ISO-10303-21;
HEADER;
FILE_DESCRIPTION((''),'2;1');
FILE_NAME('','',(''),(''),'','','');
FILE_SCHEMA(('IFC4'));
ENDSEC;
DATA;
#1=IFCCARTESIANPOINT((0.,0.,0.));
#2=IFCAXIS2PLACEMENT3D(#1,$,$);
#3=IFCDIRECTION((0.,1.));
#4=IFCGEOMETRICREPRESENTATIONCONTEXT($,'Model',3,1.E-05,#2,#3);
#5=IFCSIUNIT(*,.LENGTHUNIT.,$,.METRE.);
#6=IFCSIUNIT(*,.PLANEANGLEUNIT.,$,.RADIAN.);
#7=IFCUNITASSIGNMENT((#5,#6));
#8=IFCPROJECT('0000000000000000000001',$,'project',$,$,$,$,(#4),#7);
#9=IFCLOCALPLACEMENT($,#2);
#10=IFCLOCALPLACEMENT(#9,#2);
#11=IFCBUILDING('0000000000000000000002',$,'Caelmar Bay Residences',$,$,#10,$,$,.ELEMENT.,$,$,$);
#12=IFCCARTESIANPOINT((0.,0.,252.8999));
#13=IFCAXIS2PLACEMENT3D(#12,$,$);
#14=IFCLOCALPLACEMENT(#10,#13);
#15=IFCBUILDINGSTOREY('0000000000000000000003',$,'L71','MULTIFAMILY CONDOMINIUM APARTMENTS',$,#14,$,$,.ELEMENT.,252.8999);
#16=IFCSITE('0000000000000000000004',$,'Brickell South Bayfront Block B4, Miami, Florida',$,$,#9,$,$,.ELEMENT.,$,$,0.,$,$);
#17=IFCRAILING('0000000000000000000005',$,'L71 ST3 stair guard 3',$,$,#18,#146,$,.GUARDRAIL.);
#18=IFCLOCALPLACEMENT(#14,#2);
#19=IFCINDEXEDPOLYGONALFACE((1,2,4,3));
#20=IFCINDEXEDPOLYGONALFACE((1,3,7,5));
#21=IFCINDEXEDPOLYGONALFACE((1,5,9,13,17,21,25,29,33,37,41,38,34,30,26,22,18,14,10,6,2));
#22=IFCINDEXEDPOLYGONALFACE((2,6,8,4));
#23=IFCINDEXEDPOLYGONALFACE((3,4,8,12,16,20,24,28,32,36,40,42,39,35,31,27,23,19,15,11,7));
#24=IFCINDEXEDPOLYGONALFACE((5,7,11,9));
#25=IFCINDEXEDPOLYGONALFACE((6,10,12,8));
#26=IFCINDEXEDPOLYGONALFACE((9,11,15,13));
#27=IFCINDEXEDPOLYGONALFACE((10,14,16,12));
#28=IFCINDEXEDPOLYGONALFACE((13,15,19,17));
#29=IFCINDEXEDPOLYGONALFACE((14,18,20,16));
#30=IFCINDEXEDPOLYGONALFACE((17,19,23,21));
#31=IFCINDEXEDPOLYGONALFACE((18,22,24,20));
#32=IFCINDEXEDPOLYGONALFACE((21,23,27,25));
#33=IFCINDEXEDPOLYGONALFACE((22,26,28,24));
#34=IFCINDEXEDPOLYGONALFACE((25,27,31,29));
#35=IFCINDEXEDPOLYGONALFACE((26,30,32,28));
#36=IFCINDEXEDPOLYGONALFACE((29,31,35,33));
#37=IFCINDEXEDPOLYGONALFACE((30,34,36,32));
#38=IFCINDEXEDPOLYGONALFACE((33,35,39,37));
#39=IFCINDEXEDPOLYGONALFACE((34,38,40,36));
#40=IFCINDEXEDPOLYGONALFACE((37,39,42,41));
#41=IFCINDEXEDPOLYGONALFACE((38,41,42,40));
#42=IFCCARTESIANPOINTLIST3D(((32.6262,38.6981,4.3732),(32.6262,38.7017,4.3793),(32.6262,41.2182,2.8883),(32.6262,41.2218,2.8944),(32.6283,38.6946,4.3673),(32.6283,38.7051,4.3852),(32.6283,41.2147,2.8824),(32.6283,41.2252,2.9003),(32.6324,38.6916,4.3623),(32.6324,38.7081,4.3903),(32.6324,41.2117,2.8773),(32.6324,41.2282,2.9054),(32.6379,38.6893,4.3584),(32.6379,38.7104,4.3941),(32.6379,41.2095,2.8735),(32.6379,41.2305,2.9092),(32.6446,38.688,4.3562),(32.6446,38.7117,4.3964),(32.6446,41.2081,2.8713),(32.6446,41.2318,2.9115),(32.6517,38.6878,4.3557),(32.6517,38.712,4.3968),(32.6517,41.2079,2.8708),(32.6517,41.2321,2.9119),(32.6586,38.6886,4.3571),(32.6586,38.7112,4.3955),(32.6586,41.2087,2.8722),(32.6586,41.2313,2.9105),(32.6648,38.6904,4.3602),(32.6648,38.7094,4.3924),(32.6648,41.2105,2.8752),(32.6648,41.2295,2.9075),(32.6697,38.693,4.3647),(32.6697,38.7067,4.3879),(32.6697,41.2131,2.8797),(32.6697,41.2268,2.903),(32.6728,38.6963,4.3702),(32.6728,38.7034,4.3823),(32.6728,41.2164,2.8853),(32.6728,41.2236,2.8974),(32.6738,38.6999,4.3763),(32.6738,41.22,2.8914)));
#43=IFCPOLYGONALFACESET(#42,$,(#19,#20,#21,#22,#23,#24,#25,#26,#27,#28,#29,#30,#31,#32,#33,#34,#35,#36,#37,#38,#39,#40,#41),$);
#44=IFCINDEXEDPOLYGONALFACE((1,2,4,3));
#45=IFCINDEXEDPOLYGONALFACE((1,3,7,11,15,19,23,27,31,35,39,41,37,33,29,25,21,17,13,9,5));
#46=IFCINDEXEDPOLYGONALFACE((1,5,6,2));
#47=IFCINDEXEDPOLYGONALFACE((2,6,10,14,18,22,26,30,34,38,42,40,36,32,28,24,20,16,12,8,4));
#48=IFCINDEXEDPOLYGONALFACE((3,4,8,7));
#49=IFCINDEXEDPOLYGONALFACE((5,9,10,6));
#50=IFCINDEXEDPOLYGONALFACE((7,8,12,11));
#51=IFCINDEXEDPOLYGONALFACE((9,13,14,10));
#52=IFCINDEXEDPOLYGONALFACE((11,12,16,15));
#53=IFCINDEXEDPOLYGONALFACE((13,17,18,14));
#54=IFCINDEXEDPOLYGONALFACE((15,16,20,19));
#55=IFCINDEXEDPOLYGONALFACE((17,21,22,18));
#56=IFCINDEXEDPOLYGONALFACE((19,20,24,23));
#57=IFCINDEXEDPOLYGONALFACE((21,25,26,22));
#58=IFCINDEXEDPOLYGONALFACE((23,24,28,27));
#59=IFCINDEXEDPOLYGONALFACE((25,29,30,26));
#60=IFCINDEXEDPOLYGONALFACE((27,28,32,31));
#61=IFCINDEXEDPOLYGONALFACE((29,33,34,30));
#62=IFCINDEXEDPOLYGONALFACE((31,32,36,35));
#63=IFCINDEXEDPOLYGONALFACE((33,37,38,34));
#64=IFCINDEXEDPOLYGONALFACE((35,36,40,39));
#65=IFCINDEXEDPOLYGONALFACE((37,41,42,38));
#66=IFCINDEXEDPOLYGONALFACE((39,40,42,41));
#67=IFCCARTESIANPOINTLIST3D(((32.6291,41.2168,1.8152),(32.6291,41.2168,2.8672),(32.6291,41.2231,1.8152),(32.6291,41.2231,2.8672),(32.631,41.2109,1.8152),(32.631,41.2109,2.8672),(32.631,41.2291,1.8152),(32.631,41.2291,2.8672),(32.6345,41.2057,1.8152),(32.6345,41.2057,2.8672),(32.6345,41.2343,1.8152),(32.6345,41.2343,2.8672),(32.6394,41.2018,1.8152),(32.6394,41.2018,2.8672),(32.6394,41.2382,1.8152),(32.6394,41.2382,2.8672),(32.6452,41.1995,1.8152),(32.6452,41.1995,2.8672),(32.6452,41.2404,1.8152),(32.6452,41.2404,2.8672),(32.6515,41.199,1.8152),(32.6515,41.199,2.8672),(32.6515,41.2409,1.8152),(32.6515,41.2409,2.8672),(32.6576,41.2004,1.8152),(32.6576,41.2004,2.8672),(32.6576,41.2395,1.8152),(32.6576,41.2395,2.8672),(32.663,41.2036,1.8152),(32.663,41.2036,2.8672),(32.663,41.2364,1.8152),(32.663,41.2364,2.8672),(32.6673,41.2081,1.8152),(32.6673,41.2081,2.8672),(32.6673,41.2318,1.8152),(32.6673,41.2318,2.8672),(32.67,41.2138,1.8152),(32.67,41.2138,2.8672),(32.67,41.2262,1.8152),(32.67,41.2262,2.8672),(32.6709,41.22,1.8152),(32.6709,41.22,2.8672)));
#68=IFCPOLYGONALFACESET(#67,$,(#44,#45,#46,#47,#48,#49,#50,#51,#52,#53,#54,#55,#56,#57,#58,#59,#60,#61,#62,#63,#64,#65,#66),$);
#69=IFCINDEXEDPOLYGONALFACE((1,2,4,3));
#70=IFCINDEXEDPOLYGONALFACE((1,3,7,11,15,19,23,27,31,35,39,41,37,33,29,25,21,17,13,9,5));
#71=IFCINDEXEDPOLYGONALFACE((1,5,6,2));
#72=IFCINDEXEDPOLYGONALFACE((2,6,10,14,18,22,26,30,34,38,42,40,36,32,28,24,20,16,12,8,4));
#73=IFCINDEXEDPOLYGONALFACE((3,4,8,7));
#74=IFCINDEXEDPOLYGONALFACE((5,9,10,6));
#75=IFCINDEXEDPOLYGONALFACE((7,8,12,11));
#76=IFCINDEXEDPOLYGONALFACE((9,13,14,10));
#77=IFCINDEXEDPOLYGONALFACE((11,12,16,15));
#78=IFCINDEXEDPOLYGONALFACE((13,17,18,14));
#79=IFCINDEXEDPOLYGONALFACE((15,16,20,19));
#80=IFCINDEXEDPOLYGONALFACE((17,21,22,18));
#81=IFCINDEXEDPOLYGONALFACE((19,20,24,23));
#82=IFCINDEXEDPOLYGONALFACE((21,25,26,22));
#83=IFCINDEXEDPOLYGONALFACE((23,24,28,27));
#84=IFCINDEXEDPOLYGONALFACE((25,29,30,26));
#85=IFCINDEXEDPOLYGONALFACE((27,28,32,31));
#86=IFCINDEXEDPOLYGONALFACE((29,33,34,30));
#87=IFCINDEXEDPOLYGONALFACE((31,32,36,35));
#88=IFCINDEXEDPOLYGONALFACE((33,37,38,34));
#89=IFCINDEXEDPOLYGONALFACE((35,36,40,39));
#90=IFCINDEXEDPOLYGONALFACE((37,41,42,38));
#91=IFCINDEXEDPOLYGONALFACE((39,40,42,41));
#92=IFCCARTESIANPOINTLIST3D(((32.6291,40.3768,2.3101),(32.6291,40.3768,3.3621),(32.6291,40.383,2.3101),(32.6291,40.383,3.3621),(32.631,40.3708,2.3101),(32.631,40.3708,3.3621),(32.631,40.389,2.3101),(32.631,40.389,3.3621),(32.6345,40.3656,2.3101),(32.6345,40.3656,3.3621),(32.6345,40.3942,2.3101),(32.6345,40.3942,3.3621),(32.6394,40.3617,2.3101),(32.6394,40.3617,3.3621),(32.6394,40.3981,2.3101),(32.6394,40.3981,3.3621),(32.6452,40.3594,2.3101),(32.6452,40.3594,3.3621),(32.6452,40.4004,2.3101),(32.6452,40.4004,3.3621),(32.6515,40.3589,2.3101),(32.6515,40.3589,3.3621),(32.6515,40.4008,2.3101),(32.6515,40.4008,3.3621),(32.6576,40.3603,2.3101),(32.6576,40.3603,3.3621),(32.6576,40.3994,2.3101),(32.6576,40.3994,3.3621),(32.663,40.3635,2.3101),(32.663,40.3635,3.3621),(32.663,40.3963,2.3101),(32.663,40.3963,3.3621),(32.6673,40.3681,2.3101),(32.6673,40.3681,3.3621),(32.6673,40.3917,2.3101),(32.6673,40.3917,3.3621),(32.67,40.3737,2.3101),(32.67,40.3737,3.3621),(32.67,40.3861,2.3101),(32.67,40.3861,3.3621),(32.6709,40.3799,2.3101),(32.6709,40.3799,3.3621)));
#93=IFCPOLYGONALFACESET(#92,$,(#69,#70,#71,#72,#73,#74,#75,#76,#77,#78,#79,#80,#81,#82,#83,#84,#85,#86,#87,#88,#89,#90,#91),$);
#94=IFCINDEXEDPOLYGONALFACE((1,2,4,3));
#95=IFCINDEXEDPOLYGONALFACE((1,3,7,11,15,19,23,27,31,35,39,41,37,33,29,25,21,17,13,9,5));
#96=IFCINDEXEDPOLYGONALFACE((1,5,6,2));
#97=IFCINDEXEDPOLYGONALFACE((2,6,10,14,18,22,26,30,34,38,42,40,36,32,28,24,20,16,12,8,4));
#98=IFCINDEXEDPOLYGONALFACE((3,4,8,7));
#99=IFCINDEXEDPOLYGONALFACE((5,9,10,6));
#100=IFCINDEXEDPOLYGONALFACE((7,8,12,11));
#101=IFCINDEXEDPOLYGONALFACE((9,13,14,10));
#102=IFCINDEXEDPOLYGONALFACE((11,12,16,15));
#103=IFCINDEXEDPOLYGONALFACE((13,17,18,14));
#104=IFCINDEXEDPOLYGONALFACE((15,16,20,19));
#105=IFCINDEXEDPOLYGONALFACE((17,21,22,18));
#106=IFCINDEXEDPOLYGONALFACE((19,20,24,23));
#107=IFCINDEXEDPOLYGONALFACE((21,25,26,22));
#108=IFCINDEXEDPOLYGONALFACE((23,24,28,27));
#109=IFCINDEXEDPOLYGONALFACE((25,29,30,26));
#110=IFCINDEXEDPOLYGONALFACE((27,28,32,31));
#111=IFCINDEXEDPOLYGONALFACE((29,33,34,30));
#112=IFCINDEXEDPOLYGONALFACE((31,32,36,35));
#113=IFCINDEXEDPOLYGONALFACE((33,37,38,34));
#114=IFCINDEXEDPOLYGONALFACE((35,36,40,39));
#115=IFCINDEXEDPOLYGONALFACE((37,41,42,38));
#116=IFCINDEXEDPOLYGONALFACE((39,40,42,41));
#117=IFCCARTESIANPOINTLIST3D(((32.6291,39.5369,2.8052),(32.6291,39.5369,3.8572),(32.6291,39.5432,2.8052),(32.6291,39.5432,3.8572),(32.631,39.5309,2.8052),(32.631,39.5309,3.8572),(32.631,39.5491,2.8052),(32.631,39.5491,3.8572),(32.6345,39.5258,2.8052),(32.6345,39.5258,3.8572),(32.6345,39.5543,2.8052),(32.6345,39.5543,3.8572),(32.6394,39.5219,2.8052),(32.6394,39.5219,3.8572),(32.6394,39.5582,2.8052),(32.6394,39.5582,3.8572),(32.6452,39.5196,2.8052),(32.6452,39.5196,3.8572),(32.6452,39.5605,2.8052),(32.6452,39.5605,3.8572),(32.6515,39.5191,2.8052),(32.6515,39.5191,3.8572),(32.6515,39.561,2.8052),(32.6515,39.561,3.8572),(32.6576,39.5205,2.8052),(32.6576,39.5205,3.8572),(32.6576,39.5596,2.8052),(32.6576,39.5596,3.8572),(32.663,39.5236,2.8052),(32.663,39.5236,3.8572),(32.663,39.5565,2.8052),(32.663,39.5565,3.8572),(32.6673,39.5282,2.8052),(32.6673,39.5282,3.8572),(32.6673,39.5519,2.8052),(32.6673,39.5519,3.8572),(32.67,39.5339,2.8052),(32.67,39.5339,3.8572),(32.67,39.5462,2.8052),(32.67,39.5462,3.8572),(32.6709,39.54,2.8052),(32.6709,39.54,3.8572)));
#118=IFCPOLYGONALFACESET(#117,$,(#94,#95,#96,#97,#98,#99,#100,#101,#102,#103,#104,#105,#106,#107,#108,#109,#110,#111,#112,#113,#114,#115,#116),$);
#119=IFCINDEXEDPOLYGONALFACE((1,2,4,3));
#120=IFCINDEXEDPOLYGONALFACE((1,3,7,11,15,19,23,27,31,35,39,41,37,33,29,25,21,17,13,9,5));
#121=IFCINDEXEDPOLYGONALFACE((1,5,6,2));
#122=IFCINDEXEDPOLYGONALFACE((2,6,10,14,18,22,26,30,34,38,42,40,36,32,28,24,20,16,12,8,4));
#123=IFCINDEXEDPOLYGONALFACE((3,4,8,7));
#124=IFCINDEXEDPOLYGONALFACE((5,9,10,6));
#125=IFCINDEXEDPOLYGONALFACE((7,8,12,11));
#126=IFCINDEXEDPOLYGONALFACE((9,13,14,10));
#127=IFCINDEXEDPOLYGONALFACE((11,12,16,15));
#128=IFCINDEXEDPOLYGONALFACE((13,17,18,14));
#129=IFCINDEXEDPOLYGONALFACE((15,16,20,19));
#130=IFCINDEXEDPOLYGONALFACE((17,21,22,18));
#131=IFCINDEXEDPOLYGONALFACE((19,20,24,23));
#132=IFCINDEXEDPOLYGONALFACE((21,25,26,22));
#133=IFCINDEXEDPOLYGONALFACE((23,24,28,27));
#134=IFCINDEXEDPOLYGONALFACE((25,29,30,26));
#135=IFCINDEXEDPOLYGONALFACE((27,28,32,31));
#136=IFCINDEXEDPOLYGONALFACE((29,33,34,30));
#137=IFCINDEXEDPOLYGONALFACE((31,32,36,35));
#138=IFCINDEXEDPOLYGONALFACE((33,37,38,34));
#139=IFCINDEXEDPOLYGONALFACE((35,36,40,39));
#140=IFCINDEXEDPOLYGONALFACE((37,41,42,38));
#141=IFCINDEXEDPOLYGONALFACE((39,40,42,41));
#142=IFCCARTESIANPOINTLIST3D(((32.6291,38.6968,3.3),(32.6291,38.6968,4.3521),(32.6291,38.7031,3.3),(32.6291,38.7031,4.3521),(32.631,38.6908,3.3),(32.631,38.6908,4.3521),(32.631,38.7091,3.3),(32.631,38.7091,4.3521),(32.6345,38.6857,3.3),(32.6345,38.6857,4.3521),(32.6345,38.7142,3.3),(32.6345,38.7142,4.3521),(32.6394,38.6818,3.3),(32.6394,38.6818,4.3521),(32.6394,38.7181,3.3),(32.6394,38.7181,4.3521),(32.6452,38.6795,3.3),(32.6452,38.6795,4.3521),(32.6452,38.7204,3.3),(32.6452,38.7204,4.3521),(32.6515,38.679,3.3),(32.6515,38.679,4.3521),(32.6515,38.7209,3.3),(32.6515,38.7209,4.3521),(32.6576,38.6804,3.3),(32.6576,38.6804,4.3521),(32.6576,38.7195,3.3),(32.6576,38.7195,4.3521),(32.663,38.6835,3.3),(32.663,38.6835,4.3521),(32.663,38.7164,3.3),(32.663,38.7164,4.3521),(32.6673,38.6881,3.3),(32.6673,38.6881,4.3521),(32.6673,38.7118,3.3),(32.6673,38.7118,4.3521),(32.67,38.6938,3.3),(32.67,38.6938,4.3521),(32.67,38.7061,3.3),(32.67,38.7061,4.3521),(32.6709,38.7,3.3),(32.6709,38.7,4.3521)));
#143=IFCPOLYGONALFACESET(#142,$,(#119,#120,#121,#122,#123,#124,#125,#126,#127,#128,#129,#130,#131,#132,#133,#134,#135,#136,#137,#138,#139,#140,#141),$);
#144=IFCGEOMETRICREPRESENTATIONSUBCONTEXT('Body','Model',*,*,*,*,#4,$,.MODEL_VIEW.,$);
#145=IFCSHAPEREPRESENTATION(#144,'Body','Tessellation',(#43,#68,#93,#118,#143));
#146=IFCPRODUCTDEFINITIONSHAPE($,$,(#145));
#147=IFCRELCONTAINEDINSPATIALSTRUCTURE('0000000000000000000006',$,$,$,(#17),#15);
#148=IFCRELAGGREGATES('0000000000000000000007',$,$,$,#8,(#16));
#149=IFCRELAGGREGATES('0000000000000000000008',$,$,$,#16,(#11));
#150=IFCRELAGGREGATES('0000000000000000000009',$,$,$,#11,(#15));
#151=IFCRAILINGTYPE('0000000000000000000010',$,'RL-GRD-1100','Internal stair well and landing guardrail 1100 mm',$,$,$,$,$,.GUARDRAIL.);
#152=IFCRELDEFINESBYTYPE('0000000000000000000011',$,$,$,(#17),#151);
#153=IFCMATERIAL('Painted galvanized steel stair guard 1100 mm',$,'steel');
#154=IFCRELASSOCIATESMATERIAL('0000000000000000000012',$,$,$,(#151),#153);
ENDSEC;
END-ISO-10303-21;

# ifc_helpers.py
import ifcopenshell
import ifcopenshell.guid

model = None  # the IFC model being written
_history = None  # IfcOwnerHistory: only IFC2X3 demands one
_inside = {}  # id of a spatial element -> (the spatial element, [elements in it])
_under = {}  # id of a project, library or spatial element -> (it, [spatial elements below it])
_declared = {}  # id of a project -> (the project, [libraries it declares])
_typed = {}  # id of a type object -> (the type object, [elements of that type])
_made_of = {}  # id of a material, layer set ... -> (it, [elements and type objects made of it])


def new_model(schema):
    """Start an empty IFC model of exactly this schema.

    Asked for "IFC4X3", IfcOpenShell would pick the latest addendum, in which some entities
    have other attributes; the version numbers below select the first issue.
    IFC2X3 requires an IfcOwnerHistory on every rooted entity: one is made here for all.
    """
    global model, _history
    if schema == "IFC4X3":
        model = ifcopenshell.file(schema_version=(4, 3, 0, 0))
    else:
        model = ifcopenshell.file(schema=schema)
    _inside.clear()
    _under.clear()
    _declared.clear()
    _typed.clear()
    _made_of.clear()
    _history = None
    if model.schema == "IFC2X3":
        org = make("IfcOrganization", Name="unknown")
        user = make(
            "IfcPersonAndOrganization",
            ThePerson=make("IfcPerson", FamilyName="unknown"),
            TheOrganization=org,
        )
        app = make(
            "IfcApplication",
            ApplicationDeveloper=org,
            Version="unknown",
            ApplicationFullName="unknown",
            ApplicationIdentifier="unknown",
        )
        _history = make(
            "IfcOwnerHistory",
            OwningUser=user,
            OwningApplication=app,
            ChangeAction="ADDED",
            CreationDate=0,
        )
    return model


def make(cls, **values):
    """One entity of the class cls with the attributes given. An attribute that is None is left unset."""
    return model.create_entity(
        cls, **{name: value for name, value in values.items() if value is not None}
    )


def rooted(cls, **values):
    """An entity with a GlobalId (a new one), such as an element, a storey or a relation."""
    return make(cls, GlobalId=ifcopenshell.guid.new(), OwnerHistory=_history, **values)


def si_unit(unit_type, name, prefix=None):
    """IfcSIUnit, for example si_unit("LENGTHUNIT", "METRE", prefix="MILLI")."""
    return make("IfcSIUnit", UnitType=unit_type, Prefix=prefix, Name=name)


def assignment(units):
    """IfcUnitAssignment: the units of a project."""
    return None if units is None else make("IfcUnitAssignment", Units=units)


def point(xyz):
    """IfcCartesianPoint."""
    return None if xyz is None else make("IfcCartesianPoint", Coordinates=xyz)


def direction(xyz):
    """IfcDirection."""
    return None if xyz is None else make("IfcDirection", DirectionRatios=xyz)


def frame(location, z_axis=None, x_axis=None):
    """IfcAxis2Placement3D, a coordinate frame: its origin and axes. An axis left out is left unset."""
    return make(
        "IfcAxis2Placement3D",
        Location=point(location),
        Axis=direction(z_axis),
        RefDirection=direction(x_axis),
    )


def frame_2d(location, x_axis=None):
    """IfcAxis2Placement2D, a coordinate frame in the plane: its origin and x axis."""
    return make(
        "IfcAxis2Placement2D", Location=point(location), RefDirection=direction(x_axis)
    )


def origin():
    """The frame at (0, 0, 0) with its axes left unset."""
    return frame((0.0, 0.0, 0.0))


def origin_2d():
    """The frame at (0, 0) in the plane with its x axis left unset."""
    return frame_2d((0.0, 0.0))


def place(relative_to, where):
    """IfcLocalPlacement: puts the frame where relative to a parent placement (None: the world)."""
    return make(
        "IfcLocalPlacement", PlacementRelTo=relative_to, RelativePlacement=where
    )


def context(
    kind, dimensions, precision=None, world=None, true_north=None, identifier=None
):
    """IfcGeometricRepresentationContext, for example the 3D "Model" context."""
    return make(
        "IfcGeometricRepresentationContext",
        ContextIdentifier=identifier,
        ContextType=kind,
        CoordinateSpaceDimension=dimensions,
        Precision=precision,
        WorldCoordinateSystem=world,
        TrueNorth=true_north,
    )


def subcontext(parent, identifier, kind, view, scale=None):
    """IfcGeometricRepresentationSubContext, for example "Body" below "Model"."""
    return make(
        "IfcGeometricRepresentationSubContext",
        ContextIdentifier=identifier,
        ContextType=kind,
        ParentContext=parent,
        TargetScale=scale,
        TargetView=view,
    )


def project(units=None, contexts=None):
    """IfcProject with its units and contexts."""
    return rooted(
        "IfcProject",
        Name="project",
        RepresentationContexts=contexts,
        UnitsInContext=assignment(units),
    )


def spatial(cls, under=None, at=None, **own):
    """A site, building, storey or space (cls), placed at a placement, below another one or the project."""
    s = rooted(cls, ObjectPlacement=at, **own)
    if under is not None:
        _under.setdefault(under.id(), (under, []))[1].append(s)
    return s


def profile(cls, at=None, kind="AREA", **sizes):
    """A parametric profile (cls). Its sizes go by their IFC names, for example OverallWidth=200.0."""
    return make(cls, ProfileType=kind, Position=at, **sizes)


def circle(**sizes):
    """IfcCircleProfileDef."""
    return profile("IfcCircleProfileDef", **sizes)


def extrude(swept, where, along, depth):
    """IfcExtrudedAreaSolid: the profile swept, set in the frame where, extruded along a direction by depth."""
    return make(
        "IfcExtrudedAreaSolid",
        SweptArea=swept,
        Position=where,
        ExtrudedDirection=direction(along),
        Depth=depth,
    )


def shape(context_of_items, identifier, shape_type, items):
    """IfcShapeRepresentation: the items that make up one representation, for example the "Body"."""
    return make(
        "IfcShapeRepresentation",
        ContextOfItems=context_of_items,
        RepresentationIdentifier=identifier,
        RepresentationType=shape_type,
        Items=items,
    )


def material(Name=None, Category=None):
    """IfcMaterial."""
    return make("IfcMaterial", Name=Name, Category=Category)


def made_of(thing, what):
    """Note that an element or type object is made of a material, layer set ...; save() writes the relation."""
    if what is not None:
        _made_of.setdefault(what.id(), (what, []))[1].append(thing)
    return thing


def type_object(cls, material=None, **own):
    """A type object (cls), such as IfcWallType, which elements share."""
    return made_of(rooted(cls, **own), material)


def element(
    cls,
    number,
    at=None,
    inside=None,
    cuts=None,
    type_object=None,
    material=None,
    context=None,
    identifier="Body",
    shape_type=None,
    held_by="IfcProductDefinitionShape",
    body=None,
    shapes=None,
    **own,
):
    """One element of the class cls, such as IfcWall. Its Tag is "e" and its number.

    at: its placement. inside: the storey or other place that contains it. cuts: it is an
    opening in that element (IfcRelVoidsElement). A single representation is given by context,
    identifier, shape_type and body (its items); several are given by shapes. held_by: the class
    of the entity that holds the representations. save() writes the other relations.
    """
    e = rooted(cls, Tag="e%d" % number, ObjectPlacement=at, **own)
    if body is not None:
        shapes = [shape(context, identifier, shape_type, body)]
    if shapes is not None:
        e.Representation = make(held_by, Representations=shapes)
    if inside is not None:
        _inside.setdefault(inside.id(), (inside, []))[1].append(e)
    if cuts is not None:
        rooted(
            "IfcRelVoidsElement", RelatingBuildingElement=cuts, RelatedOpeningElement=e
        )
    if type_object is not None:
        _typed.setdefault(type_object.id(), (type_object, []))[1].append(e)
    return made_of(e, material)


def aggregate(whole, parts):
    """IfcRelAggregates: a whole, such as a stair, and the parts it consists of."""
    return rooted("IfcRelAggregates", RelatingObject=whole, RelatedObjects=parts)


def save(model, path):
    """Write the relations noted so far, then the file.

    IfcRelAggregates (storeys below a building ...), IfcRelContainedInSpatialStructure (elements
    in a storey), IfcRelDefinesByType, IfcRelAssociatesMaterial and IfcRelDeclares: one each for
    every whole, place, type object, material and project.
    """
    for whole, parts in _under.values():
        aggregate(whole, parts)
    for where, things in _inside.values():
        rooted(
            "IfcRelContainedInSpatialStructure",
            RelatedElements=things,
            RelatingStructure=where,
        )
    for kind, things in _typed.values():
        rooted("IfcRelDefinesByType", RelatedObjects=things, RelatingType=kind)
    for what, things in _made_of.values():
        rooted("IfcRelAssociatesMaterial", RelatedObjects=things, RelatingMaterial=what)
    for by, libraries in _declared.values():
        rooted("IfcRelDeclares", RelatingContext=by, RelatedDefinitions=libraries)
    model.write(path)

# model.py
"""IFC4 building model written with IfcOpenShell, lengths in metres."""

from ifc_helpers import new_model, si_unit, direction, frame, origin, origin_2d, place, context, subcontext, project, spatial, circle, extrude, material, type_object, element, save


model = new_model("IFC4")

# Units and contexts
model_context = context("Model", 3, precision=1e-05, world=origin(), true_north=direction((0.0, 1.0)))
body_context = subcontext(model_context, "Body", "Model", "MODEL_VIEW")
ifc_project = project(units=[si_unit("LENGTHUNIT", "METRE"), si_unit("PLANEANGLEUNIT", "RADIAN")], contexts=[model_context])

# Site, building, storey
site_placement = place(None, origin())
site = spatial("IfcSite", under=ifc_project, at=site_placement, Name="Brickell South Bayfront Block B4, Miami, Florida", CompositionType="ELEMENT", RefElevation=0.0)
building_placement = place(site_placement, origin())
building = spatial("IfcBuilding", under=site, at=building_placement, Name="Caelmar Bay Residences", CompositionType="ELEMENT")
storey_placement = place(building_placement, frame((0.0, 0.0, 252.8999)))
storey = spatial("IfcBuildingStorey", under=building, at=storey_placement, Name="L71", Description="MULTIFAMILY CONDOMINIUM APARTMENTS", CompositionType="ELEMENT", Elevation=252.8999)

# Railing
ifc_material_1 = material(Name="Painted galvanized steel stair guard 1100 mm", Category="steel")
railing_type_1 = type_object("IfcRailingType", Name="RL-GRD-1100", Description="Internal stair well and landing guardrail 1100 mm", PredefinedType="GUARDRAIL", material=ifc_material_1)
railing_1_placement = place(storey_placement, frame((32.6499, 41.22, 1.8152)))
element("IfcRailing", 1, at=railing_1_placement, inside=storey, type_object=railing_type_1, Name="L71 ST3 stair guard 3", PredefinedType="GUARDRAIL", context=body_context, shape_type="SweptSolid", body=[
    extrude(circle(Radius=0.0239, at=origin_2d()), frame((0.0, 0.0, 1.0762), z_axis=(0.0, -0.861561, 0.507655), x_axis=(1.0, 0.0, 0.0)), (0.0, 0.0, 1.0), 2.925),
    extrude(circle(Radius=0.021, at=origin_2d()), origin(), (0.0, 0.0, 1.0), 1.052),
    extrude(circle(Radius=0.021, at=origin_2d()), frame((0.0, -0.8401, 0.4949)), (0.0, 0.0, 1.0), 1.052),
    extrude(circle(Radius=0.021, at=origin_2d()), frame((0.0, -1.6799, 0.99)), (0.0, 0.0, 1.0), 1.052),
    extrude(circle(Radius=0.021, at=origin_2d()), frame((0.0, -2.52, 1.4849)), (0.0, 0.0, 1.0), 1.052),
])

save(model, "model.ifc")
